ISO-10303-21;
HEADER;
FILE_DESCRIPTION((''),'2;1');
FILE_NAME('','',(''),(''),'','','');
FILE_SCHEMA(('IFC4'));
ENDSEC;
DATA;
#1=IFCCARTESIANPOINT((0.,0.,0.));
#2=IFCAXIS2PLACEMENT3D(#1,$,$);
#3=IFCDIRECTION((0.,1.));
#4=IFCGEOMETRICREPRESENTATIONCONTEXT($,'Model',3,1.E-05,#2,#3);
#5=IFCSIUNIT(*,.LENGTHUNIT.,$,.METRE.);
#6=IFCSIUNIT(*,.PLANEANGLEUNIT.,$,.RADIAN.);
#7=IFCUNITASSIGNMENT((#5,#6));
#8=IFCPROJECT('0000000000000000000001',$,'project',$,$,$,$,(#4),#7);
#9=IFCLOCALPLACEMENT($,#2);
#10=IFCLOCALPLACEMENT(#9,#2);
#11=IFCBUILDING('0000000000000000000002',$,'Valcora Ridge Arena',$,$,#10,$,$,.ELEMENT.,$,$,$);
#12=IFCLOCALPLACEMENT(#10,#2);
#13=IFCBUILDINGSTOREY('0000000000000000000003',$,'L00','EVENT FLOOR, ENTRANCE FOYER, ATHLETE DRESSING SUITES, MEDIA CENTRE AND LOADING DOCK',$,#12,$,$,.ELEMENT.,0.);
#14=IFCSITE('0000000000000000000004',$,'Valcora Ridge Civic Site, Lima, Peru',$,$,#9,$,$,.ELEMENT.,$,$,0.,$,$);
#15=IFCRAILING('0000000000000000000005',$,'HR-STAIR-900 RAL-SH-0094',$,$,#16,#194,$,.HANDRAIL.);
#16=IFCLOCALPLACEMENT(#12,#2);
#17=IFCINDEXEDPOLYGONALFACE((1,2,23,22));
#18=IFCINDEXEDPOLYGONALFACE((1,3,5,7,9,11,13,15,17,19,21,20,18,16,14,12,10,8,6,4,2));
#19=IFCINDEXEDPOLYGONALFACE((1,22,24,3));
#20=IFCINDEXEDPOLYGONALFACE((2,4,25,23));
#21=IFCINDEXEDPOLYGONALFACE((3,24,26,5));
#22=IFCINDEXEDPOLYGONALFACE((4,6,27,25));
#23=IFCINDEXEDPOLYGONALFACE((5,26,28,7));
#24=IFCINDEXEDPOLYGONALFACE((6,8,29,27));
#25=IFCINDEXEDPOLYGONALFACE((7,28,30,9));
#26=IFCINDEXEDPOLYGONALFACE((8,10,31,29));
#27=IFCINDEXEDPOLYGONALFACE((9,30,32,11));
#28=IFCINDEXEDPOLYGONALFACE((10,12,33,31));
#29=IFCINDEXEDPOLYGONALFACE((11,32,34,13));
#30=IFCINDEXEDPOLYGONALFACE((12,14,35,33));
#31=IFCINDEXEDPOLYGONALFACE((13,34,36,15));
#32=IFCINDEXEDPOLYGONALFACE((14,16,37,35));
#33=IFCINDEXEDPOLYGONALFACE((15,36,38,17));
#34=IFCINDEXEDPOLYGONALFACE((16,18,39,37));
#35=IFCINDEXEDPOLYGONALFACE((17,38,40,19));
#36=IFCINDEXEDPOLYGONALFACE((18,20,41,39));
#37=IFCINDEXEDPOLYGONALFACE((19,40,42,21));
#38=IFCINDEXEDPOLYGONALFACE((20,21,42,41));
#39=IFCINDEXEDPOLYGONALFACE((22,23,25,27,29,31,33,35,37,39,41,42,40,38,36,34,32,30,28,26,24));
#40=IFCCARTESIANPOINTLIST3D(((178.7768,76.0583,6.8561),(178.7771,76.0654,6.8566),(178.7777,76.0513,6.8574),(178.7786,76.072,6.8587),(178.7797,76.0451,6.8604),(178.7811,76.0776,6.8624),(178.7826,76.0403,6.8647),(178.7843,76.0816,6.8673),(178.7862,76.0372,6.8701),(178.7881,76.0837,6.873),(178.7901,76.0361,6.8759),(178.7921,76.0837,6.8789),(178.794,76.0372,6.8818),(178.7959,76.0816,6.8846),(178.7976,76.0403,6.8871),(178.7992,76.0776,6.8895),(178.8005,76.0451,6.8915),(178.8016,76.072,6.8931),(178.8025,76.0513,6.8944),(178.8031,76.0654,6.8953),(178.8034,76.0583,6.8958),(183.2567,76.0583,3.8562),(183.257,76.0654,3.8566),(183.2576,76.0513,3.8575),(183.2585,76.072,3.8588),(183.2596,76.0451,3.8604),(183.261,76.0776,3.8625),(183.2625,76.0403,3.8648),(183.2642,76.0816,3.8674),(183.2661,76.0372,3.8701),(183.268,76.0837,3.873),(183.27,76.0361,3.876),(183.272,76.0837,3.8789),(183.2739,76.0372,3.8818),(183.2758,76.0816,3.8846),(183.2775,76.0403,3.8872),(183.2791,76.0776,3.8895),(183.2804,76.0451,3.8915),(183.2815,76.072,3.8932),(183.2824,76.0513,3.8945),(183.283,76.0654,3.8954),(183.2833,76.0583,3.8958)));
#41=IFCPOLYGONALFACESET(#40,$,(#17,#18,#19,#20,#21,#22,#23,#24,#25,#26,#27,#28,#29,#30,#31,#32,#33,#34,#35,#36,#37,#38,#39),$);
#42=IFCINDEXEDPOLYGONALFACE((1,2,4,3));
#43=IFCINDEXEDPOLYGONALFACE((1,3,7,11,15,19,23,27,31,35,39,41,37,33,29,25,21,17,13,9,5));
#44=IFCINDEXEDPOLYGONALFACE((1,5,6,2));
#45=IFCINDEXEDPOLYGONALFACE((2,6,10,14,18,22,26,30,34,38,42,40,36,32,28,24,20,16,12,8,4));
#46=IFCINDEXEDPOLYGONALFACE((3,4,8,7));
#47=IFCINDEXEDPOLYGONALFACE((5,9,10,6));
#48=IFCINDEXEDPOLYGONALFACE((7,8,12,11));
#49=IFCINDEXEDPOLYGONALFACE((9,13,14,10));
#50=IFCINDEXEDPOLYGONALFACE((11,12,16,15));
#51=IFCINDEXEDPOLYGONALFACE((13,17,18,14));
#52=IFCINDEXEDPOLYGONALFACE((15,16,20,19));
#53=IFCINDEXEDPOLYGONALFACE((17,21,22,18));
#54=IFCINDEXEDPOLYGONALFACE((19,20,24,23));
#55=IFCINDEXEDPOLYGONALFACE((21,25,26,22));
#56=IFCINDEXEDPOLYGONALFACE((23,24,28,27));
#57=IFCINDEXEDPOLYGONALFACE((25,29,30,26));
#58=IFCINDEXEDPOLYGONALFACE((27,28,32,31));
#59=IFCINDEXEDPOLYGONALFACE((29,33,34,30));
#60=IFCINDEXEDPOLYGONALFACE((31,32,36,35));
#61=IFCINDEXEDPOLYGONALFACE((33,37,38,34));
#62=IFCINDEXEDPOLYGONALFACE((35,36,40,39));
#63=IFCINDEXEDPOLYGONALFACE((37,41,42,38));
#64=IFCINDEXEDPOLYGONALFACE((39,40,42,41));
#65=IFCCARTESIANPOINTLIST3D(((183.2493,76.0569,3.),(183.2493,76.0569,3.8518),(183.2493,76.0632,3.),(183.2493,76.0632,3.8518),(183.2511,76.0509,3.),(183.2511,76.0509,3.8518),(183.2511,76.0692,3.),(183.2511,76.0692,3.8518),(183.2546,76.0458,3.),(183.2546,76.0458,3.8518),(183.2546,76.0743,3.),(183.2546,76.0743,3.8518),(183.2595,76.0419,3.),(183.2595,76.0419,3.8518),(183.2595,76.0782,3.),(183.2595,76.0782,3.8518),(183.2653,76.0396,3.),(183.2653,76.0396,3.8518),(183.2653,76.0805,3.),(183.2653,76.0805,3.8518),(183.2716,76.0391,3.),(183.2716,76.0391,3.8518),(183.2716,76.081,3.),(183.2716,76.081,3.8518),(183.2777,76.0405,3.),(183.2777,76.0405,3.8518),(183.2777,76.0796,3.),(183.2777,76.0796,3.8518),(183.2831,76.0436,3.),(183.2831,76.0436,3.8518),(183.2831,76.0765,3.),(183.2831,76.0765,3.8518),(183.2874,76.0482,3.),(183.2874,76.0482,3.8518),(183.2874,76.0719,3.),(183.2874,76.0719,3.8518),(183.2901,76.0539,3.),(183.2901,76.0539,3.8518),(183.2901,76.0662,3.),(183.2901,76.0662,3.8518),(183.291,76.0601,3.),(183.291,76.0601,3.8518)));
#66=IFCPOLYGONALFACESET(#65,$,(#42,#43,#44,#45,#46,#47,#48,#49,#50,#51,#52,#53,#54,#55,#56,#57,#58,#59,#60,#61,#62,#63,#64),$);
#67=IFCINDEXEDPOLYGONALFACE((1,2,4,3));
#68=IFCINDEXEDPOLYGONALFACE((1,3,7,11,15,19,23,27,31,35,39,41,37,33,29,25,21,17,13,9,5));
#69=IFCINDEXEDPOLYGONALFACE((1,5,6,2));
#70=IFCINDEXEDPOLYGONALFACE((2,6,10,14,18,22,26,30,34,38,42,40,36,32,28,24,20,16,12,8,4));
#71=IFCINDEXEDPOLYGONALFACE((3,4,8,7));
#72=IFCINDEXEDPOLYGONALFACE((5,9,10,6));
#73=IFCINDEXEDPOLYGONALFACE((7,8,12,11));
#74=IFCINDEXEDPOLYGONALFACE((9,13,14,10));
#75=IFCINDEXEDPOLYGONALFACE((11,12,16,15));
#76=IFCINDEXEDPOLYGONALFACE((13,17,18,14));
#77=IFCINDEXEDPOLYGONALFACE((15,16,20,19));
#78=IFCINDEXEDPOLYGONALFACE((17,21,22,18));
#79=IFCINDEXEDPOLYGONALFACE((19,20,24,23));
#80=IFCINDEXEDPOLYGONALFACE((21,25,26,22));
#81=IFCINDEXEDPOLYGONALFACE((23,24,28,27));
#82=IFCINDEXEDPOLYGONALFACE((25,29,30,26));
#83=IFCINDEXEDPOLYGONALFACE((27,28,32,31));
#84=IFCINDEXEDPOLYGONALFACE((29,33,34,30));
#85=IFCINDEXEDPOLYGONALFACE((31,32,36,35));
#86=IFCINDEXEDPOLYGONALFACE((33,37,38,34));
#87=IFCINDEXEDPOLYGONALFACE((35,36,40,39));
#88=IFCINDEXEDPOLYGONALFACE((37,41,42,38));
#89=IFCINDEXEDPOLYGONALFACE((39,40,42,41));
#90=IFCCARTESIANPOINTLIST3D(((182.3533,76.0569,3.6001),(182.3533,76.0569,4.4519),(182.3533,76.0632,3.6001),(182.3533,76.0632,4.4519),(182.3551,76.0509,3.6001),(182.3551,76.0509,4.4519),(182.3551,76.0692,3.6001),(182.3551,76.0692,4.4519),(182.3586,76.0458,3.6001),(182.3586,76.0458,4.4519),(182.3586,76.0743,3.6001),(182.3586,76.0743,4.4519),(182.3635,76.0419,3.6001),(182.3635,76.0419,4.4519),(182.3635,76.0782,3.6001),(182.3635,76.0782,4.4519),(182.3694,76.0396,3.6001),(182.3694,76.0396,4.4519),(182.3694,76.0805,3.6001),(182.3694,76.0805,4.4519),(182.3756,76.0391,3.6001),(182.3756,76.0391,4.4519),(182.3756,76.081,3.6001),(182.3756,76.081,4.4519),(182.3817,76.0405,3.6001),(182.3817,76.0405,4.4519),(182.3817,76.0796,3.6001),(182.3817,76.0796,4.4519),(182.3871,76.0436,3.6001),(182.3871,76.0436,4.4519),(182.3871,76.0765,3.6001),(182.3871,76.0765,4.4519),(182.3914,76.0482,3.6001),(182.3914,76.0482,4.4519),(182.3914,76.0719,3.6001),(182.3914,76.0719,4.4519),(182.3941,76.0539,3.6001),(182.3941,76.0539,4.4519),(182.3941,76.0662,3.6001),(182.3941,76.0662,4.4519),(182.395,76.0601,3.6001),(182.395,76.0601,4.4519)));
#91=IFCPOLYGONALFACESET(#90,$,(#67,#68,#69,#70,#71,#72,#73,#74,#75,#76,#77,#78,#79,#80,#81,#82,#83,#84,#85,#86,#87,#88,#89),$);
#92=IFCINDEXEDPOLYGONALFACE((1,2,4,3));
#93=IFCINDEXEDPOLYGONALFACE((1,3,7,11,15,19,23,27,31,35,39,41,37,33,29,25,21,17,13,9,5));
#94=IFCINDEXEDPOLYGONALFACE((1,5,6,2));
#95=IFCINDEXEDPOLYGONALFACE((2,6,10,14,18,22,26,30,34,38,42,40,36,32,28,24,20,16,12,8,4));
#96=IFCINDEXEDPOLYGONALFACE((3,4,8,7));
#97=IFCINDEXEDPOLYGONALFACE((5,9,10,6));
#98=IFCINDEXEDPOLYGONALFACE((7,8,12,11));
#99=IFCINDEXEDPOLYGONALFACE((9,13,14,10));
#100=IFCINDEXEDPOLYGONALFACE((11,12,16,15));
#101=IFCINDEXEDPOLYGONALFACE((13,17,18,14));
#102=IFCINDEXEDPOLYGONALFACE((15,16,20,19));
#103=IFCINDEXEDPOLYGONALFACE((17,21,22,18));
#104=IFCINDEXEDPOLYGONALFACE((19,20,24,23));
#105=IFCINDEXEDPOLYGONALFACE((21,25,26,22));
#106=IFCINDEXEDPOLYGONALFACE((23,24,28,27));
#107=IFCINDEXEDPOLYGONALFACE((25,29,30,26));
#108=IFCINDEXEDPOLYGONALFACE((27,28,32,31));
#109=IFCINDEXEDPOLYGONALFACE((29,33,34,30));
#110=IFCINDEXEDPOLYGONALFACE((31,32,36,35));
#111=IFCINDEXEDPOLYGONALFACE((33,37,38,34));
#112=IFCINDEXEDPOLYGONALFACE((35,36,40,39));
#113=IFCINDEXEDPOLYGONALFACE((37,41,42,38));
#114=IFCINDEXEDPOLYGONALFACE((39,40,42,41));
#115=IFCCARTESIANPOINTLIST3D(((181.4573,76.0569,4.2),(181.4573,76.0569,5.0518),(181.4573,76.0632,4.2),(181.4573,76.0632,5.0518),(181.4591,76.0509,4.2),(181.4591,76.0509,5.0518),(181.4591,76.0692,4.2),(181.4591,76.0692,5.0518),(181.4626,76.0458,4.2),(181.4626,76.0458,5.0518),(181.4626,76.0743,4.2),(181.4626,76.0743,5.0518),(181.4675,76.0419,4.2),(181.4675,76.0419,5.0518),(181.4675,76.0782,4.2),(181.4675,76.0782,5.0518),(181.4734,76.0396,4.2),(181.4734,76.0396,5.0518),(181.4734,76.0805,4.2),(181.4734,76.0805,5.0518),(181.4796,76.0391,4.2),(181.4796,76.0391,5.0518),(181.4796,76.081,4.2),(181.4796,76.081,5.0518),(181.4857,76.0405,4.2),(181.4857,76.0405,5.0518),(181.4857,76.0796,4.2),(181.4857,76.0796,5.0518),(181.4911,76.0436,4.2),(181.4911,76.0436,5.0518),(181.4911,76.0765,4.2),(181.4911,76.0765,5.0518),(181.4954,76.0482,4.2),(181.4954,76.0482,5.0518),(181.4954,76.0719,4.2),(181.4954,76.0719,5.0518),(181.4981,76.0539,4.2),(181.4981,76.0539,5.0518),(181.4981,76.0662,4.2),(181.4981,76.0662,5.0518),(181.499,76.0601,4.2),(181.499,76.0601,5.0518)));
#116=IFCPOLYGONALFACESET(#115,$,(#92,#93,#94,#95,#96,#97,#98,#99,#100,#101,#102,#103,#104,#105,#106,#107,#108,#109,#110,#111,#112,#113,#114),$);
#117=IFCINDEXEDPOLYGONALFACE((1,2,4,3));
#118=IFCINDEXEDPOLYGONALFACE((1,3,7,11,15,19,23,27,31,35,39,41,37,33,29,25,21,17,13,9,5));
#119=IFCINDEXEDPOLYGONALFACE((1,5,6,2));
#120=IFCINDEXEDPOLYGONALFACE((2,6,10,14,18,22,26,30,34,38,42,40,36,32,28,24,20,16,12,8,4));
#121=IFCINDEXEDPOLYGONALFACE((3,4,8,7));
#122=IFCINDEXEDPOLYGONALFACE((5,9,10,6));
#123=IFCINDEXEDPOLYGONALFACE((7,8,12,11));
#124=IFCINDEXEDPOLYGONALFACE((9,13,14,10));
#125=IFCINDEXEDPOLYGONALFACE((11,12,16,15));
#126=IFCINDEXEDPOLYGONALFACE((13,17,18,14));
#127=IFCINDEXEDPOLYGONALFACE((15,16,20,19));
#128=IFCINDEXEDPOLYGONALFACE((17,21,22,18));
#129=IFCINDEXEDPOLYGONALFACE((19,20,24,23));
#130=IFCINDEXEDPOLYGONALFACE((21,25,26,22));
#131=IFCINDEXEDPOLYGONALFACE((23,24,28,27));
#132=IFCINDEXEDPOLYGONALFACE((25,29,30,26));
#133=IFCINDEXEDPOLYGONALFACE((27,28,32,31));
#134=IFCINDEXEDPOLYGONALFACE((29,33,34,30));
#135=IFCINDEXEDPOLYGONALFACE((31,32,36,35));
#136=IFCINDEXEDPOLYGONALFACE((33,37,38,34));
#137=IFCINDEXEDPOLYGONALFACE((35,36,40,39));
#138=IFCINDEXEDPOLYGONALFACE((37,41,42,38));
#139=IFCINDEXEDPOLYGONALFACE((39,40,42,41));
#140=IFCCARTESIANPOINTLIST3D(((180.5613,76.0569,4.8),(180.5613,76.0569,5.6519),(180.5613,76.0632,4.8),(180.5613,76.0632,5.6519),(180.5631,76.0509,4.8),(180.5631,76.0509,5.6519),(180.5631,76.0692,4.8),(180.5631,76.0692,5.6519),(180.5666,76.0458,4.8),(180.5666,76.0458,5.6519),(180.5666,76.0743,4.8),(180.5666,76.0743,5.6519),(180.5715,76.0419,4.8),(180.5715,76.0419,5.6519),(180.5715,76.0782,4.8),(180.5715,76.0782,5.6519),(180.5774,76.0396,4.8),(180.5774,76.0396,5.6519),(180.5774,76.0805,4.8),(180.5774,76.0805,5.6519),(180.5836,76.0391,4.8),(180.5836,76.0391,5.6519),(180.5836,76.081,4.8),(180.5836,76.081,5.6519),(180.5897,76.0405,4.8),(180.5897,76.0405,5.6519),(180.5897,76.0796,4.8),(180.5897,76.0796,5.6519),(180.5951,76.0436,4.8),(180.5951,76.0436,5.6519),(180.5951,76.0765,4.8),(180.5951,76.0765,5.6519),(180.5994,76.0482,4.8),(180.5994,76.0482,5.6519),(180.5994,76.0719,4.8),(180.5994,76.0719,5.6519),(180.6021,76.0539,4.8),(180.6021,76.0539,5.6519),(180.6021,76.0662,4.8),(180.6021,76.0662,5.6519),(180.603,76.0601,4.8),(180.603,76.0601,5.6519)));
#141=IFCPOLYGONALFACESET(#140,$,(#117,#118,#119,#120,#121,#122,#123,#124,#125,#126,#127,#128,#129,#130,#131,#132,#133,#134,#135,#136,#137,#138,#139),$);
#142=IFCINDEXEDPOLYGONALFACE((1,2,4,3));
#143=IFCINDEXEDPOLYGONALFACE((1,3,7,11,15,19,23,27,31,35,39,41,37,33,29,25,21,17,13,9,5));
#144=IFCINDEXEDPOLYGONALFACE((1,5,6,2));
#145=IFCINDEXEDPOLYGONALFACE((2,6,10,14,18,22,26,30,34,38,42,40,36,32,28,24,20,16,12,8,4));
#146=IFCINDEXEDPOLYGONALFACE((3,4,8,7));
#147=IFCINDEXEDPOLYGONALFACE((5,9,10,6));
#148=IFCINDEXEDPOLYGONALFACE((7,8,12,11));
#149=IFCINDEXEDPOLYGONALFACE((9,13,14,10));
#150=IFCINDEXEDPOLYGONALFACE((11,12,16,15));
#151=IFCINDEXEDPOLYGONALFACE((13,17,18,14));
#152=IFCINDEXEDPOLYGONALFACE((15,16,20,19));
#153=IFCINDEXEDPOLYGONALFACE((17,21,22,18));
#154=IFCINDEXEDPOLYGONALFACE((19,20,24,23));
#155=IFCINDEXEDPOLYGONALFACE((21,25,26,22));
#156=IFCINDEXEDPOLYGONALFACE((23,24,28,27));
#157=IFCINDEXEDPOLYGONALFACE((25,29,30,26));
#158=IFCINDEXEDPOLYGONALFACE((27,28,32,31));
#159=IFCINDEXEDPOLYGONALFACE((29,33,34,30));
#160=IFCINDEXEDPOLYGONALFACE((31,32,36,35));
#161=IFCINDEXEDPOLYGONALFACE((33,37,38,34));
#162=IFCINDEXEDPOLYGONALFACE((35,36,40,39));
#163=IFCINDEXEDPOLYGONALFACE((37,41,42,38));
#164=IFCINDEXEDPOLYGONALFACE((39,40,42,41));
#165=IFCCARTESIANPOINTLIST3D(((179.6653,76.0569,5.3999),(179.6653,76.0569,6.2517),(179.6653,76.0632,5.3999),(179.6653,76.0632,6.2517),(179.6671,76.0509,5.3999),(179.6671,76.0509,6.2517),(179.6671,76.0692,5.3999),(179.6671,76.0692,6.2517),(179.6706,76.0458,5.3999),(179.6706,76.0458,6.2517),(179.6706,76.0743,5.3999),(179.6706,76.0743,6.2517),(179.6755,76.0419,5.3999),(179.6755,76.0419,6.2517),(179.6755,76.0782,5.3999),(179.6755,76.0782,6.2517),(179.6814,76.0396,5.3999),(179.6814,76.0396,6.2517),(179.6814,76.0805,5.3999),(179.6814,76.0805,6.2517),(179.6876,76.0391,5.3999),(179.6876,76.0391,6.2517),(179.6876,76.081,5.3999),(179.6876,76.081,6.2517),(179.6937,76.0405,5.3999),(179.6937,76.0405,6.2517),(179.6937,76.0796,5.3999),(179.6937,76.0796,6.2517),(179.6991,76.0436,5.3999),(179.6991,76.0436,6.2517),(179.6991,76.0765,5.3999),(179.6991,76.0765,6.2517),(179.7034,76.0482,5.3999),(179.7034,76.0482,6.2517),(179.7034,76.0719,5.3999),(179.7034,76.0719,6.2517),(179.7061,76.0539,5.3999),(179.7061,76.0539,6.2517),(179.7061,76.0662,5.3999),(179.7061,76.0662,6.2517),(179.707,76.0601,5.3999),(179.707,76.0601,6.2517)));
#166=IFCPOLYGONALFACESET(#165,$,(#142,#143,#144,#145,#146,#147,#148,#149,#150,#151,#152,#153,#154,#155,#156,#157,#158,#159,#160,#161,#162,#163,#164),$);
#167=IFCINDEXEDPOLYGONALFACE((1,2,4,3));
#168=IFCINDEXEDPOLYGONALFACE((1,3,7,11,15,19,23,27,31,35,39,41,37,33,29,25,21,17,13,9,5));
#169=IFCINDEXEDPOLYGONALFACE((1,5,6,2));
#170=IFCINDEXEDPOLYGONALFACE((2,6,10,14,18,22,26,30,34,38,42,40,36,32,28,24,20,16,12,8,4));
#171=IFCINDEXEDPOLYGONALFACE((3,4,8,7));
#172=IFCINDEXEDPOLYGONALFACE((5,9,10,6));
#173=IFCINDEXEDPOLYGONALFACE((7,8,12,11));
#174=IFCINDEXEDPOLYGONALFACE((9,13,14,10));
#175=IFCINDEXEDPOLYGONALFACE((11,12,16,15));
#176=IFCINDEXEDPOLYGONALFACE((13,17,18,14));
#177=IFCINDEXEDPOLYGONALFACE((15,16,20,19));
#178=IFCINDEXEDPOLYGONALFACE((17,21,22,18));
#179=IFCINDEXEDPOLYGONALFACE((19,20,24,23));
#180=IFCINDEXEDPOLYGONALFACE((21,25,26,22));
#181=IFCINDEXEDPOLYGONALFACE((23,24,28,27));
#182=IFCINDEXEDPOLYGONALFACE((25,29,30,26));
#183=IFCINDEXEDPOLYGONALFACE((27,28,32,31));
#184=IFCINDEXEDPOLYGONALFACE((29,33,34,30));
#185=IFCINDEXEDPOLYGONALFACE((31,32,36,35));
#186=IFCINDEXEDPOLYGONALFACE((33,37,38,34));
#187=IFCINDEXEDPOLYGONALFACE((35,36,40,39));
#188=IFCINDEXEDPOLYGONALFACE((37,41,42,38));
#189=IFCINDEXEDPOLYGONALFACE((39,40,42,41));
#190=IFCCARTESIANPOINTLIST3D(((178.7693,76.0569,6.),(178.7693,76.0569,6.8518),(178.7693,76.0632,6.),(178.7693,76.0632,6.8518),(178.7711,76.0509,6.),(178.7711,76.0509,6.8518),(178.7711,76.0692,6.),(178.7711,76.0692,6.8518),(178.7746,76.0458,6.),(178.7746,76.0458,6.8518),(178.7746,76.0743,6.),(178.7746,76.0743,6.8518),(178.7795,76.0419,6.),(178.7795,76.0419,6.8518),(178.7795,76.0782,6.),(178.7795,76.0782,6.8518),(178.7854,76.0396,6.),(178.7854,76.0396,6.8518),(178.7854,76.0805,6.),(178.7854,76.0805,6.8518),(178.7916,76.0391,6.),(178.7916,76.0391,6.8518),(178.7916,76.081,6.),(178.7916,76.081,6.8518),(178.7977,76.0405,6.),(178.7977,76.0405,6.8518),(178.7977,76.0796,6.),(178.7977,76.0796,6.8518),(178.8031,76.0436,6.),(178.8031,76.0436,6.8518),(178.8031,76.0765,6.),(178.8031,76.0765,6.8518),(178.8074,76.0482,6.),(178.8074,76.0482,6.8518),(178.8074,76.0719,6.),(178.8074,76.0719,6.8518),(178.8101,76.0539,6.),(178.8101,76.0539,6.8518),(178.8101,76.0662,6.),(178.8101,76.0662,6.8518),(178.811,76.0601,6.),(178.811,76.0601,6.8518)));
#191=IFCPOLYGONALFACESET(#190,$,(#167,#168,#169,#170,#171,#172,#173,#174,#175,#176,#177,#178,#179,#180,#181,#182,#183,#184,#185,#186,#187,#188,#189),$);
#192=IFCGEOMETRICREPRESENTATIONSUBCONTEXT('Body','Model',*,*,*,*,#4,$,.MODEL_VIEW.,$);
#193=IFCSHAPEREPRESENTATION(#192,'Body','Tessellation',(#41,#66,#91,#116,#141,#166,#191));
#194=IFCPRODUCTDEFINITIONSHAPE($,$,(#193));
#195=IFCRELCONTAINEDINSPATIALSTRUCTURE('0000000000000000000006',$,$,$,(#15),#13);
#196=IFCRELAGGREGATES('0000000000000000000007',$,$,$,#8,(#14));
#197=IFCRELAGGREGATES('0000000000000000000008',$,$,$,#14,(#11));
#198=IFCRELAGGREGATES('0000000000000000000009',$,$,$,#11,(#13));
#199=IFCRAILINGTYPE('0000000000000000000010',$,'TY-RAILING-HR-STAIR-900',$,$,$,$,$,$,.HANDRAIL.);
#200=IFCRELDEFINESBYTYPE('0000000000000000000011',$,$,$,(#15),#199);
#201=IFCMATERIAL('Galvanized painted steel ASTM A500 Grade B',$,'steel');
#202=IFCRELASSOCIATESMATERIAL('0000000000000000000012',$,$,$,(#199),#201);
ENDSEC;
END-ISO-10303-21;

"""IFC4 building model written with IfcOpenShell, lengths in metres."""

from ifc_helpers import new_model, si_unit, direction, frame, origin, origin_2d, place, context, subcontext, project, spatial, circle, extrude, material, type_object, element, save


model = new_model("IFC4")

# Units and contexts
model_context = context("Model", 3, precision=1e-05, world=origin(), true_north=direction((0.0, 1.0)))
body_context = subcontext(model_context, "Body", "Model", "MODEL_VIEW")
ifc_project = project(units=[si_unit("LENGTHUNIT", "METRE"), si_unit("PLANEANGLEUNIT", "RADIAN")], contexts=[model_context])

# Site, building, storey
site_placement = place(None, origin())
site = spatial("IfcSite", under=ifc_project, at=site_placement, Name="Valcora Ridge Civic Site, Lima, Peru", CompositionType="ELEMENT", RefElevation=0.0)
building_placement = place(site_placement, origin())
building = spatial("IfcBuilding", under=site, at=building_placement, Name="Valcora Ridge Arena", CompositionType="ELEMENT")
storey_placement = place(building_placement, origin())
storey = spatial("IfcBuildingStorey", under=building, at=storey_placement, Name="L00", Description="EVENT FLOOR, ENTRANCE FOYER, ATHLETE DRESSING SUITES, MEDIA CENTRE AND LOADING DOCK", CompositionType="ELEMENT", Elevation=0.0)

# Railing
ifc_material_1 = material(Name="Galvanized painted steel ASTM A500 Grade B", Category="steel")
railing_type_1 = type_object("IfcRailingType", Name="TY-RAILING-HR-STAIR-900", PredefinedType="HANDRAIL", material=ifc_material_1)
railing_1_placement = place(storey_placement, frame((183.27, 76.0601, 3.0)))
element("IfcRailing", 1, at=railing_1_placement, inside=storey, type_object=railing_type_1, Name="HR-STAIR-900 RAL-SH-0094", PredefinedType="HANDRAIL", context=body_context, shape_type="SweptSolid", body=[
    extrude(circle(Radius=0.0239, at=origin_2d()), frame((0.0, 0.0, 0.876), z_axis=(-0.830906, 0.0, 0.556413), x_axis=(0.0, -1.0, 0.0)), (0.0, 0.0, 1.0), 5.3916),
    extrude(circle(Radius=0.021, at=origin_2d()), origin(), (0.0, 0.0, 1.0), 0.8518),
    extrude(circle(Radius=0.021, at=origin_2d()), frame((-0.896, 0.0, 0.6001)), (0.0, 0.0, 1.0), 0.8518),
    extrude(circle(Radius=0.021, at=origin_2d()), frame((-1.792, 0.0, 1.2)), (0.0, 0.0, 1.0), 0.8518),
    extrude(circle(Radius=0.021, at=origin_2d()), frame((-2.688, 0.0, 1.8)), (0.0, 0.0, 1.0), 0.8518),
    extrude(circle(Radius=0.021, at=origin_2d()), frame((-3.584, 0.0, 2.3999)), (0.0, 0.0, 1.0), 0.8518),
    extrude(circle(Radius=0.021, at=origin_2d()), frame((-4.48, 0.0, 3.0)), (0.0, 0.0, 1.0), 0.8518),
])

save(model, "model.ifc")
